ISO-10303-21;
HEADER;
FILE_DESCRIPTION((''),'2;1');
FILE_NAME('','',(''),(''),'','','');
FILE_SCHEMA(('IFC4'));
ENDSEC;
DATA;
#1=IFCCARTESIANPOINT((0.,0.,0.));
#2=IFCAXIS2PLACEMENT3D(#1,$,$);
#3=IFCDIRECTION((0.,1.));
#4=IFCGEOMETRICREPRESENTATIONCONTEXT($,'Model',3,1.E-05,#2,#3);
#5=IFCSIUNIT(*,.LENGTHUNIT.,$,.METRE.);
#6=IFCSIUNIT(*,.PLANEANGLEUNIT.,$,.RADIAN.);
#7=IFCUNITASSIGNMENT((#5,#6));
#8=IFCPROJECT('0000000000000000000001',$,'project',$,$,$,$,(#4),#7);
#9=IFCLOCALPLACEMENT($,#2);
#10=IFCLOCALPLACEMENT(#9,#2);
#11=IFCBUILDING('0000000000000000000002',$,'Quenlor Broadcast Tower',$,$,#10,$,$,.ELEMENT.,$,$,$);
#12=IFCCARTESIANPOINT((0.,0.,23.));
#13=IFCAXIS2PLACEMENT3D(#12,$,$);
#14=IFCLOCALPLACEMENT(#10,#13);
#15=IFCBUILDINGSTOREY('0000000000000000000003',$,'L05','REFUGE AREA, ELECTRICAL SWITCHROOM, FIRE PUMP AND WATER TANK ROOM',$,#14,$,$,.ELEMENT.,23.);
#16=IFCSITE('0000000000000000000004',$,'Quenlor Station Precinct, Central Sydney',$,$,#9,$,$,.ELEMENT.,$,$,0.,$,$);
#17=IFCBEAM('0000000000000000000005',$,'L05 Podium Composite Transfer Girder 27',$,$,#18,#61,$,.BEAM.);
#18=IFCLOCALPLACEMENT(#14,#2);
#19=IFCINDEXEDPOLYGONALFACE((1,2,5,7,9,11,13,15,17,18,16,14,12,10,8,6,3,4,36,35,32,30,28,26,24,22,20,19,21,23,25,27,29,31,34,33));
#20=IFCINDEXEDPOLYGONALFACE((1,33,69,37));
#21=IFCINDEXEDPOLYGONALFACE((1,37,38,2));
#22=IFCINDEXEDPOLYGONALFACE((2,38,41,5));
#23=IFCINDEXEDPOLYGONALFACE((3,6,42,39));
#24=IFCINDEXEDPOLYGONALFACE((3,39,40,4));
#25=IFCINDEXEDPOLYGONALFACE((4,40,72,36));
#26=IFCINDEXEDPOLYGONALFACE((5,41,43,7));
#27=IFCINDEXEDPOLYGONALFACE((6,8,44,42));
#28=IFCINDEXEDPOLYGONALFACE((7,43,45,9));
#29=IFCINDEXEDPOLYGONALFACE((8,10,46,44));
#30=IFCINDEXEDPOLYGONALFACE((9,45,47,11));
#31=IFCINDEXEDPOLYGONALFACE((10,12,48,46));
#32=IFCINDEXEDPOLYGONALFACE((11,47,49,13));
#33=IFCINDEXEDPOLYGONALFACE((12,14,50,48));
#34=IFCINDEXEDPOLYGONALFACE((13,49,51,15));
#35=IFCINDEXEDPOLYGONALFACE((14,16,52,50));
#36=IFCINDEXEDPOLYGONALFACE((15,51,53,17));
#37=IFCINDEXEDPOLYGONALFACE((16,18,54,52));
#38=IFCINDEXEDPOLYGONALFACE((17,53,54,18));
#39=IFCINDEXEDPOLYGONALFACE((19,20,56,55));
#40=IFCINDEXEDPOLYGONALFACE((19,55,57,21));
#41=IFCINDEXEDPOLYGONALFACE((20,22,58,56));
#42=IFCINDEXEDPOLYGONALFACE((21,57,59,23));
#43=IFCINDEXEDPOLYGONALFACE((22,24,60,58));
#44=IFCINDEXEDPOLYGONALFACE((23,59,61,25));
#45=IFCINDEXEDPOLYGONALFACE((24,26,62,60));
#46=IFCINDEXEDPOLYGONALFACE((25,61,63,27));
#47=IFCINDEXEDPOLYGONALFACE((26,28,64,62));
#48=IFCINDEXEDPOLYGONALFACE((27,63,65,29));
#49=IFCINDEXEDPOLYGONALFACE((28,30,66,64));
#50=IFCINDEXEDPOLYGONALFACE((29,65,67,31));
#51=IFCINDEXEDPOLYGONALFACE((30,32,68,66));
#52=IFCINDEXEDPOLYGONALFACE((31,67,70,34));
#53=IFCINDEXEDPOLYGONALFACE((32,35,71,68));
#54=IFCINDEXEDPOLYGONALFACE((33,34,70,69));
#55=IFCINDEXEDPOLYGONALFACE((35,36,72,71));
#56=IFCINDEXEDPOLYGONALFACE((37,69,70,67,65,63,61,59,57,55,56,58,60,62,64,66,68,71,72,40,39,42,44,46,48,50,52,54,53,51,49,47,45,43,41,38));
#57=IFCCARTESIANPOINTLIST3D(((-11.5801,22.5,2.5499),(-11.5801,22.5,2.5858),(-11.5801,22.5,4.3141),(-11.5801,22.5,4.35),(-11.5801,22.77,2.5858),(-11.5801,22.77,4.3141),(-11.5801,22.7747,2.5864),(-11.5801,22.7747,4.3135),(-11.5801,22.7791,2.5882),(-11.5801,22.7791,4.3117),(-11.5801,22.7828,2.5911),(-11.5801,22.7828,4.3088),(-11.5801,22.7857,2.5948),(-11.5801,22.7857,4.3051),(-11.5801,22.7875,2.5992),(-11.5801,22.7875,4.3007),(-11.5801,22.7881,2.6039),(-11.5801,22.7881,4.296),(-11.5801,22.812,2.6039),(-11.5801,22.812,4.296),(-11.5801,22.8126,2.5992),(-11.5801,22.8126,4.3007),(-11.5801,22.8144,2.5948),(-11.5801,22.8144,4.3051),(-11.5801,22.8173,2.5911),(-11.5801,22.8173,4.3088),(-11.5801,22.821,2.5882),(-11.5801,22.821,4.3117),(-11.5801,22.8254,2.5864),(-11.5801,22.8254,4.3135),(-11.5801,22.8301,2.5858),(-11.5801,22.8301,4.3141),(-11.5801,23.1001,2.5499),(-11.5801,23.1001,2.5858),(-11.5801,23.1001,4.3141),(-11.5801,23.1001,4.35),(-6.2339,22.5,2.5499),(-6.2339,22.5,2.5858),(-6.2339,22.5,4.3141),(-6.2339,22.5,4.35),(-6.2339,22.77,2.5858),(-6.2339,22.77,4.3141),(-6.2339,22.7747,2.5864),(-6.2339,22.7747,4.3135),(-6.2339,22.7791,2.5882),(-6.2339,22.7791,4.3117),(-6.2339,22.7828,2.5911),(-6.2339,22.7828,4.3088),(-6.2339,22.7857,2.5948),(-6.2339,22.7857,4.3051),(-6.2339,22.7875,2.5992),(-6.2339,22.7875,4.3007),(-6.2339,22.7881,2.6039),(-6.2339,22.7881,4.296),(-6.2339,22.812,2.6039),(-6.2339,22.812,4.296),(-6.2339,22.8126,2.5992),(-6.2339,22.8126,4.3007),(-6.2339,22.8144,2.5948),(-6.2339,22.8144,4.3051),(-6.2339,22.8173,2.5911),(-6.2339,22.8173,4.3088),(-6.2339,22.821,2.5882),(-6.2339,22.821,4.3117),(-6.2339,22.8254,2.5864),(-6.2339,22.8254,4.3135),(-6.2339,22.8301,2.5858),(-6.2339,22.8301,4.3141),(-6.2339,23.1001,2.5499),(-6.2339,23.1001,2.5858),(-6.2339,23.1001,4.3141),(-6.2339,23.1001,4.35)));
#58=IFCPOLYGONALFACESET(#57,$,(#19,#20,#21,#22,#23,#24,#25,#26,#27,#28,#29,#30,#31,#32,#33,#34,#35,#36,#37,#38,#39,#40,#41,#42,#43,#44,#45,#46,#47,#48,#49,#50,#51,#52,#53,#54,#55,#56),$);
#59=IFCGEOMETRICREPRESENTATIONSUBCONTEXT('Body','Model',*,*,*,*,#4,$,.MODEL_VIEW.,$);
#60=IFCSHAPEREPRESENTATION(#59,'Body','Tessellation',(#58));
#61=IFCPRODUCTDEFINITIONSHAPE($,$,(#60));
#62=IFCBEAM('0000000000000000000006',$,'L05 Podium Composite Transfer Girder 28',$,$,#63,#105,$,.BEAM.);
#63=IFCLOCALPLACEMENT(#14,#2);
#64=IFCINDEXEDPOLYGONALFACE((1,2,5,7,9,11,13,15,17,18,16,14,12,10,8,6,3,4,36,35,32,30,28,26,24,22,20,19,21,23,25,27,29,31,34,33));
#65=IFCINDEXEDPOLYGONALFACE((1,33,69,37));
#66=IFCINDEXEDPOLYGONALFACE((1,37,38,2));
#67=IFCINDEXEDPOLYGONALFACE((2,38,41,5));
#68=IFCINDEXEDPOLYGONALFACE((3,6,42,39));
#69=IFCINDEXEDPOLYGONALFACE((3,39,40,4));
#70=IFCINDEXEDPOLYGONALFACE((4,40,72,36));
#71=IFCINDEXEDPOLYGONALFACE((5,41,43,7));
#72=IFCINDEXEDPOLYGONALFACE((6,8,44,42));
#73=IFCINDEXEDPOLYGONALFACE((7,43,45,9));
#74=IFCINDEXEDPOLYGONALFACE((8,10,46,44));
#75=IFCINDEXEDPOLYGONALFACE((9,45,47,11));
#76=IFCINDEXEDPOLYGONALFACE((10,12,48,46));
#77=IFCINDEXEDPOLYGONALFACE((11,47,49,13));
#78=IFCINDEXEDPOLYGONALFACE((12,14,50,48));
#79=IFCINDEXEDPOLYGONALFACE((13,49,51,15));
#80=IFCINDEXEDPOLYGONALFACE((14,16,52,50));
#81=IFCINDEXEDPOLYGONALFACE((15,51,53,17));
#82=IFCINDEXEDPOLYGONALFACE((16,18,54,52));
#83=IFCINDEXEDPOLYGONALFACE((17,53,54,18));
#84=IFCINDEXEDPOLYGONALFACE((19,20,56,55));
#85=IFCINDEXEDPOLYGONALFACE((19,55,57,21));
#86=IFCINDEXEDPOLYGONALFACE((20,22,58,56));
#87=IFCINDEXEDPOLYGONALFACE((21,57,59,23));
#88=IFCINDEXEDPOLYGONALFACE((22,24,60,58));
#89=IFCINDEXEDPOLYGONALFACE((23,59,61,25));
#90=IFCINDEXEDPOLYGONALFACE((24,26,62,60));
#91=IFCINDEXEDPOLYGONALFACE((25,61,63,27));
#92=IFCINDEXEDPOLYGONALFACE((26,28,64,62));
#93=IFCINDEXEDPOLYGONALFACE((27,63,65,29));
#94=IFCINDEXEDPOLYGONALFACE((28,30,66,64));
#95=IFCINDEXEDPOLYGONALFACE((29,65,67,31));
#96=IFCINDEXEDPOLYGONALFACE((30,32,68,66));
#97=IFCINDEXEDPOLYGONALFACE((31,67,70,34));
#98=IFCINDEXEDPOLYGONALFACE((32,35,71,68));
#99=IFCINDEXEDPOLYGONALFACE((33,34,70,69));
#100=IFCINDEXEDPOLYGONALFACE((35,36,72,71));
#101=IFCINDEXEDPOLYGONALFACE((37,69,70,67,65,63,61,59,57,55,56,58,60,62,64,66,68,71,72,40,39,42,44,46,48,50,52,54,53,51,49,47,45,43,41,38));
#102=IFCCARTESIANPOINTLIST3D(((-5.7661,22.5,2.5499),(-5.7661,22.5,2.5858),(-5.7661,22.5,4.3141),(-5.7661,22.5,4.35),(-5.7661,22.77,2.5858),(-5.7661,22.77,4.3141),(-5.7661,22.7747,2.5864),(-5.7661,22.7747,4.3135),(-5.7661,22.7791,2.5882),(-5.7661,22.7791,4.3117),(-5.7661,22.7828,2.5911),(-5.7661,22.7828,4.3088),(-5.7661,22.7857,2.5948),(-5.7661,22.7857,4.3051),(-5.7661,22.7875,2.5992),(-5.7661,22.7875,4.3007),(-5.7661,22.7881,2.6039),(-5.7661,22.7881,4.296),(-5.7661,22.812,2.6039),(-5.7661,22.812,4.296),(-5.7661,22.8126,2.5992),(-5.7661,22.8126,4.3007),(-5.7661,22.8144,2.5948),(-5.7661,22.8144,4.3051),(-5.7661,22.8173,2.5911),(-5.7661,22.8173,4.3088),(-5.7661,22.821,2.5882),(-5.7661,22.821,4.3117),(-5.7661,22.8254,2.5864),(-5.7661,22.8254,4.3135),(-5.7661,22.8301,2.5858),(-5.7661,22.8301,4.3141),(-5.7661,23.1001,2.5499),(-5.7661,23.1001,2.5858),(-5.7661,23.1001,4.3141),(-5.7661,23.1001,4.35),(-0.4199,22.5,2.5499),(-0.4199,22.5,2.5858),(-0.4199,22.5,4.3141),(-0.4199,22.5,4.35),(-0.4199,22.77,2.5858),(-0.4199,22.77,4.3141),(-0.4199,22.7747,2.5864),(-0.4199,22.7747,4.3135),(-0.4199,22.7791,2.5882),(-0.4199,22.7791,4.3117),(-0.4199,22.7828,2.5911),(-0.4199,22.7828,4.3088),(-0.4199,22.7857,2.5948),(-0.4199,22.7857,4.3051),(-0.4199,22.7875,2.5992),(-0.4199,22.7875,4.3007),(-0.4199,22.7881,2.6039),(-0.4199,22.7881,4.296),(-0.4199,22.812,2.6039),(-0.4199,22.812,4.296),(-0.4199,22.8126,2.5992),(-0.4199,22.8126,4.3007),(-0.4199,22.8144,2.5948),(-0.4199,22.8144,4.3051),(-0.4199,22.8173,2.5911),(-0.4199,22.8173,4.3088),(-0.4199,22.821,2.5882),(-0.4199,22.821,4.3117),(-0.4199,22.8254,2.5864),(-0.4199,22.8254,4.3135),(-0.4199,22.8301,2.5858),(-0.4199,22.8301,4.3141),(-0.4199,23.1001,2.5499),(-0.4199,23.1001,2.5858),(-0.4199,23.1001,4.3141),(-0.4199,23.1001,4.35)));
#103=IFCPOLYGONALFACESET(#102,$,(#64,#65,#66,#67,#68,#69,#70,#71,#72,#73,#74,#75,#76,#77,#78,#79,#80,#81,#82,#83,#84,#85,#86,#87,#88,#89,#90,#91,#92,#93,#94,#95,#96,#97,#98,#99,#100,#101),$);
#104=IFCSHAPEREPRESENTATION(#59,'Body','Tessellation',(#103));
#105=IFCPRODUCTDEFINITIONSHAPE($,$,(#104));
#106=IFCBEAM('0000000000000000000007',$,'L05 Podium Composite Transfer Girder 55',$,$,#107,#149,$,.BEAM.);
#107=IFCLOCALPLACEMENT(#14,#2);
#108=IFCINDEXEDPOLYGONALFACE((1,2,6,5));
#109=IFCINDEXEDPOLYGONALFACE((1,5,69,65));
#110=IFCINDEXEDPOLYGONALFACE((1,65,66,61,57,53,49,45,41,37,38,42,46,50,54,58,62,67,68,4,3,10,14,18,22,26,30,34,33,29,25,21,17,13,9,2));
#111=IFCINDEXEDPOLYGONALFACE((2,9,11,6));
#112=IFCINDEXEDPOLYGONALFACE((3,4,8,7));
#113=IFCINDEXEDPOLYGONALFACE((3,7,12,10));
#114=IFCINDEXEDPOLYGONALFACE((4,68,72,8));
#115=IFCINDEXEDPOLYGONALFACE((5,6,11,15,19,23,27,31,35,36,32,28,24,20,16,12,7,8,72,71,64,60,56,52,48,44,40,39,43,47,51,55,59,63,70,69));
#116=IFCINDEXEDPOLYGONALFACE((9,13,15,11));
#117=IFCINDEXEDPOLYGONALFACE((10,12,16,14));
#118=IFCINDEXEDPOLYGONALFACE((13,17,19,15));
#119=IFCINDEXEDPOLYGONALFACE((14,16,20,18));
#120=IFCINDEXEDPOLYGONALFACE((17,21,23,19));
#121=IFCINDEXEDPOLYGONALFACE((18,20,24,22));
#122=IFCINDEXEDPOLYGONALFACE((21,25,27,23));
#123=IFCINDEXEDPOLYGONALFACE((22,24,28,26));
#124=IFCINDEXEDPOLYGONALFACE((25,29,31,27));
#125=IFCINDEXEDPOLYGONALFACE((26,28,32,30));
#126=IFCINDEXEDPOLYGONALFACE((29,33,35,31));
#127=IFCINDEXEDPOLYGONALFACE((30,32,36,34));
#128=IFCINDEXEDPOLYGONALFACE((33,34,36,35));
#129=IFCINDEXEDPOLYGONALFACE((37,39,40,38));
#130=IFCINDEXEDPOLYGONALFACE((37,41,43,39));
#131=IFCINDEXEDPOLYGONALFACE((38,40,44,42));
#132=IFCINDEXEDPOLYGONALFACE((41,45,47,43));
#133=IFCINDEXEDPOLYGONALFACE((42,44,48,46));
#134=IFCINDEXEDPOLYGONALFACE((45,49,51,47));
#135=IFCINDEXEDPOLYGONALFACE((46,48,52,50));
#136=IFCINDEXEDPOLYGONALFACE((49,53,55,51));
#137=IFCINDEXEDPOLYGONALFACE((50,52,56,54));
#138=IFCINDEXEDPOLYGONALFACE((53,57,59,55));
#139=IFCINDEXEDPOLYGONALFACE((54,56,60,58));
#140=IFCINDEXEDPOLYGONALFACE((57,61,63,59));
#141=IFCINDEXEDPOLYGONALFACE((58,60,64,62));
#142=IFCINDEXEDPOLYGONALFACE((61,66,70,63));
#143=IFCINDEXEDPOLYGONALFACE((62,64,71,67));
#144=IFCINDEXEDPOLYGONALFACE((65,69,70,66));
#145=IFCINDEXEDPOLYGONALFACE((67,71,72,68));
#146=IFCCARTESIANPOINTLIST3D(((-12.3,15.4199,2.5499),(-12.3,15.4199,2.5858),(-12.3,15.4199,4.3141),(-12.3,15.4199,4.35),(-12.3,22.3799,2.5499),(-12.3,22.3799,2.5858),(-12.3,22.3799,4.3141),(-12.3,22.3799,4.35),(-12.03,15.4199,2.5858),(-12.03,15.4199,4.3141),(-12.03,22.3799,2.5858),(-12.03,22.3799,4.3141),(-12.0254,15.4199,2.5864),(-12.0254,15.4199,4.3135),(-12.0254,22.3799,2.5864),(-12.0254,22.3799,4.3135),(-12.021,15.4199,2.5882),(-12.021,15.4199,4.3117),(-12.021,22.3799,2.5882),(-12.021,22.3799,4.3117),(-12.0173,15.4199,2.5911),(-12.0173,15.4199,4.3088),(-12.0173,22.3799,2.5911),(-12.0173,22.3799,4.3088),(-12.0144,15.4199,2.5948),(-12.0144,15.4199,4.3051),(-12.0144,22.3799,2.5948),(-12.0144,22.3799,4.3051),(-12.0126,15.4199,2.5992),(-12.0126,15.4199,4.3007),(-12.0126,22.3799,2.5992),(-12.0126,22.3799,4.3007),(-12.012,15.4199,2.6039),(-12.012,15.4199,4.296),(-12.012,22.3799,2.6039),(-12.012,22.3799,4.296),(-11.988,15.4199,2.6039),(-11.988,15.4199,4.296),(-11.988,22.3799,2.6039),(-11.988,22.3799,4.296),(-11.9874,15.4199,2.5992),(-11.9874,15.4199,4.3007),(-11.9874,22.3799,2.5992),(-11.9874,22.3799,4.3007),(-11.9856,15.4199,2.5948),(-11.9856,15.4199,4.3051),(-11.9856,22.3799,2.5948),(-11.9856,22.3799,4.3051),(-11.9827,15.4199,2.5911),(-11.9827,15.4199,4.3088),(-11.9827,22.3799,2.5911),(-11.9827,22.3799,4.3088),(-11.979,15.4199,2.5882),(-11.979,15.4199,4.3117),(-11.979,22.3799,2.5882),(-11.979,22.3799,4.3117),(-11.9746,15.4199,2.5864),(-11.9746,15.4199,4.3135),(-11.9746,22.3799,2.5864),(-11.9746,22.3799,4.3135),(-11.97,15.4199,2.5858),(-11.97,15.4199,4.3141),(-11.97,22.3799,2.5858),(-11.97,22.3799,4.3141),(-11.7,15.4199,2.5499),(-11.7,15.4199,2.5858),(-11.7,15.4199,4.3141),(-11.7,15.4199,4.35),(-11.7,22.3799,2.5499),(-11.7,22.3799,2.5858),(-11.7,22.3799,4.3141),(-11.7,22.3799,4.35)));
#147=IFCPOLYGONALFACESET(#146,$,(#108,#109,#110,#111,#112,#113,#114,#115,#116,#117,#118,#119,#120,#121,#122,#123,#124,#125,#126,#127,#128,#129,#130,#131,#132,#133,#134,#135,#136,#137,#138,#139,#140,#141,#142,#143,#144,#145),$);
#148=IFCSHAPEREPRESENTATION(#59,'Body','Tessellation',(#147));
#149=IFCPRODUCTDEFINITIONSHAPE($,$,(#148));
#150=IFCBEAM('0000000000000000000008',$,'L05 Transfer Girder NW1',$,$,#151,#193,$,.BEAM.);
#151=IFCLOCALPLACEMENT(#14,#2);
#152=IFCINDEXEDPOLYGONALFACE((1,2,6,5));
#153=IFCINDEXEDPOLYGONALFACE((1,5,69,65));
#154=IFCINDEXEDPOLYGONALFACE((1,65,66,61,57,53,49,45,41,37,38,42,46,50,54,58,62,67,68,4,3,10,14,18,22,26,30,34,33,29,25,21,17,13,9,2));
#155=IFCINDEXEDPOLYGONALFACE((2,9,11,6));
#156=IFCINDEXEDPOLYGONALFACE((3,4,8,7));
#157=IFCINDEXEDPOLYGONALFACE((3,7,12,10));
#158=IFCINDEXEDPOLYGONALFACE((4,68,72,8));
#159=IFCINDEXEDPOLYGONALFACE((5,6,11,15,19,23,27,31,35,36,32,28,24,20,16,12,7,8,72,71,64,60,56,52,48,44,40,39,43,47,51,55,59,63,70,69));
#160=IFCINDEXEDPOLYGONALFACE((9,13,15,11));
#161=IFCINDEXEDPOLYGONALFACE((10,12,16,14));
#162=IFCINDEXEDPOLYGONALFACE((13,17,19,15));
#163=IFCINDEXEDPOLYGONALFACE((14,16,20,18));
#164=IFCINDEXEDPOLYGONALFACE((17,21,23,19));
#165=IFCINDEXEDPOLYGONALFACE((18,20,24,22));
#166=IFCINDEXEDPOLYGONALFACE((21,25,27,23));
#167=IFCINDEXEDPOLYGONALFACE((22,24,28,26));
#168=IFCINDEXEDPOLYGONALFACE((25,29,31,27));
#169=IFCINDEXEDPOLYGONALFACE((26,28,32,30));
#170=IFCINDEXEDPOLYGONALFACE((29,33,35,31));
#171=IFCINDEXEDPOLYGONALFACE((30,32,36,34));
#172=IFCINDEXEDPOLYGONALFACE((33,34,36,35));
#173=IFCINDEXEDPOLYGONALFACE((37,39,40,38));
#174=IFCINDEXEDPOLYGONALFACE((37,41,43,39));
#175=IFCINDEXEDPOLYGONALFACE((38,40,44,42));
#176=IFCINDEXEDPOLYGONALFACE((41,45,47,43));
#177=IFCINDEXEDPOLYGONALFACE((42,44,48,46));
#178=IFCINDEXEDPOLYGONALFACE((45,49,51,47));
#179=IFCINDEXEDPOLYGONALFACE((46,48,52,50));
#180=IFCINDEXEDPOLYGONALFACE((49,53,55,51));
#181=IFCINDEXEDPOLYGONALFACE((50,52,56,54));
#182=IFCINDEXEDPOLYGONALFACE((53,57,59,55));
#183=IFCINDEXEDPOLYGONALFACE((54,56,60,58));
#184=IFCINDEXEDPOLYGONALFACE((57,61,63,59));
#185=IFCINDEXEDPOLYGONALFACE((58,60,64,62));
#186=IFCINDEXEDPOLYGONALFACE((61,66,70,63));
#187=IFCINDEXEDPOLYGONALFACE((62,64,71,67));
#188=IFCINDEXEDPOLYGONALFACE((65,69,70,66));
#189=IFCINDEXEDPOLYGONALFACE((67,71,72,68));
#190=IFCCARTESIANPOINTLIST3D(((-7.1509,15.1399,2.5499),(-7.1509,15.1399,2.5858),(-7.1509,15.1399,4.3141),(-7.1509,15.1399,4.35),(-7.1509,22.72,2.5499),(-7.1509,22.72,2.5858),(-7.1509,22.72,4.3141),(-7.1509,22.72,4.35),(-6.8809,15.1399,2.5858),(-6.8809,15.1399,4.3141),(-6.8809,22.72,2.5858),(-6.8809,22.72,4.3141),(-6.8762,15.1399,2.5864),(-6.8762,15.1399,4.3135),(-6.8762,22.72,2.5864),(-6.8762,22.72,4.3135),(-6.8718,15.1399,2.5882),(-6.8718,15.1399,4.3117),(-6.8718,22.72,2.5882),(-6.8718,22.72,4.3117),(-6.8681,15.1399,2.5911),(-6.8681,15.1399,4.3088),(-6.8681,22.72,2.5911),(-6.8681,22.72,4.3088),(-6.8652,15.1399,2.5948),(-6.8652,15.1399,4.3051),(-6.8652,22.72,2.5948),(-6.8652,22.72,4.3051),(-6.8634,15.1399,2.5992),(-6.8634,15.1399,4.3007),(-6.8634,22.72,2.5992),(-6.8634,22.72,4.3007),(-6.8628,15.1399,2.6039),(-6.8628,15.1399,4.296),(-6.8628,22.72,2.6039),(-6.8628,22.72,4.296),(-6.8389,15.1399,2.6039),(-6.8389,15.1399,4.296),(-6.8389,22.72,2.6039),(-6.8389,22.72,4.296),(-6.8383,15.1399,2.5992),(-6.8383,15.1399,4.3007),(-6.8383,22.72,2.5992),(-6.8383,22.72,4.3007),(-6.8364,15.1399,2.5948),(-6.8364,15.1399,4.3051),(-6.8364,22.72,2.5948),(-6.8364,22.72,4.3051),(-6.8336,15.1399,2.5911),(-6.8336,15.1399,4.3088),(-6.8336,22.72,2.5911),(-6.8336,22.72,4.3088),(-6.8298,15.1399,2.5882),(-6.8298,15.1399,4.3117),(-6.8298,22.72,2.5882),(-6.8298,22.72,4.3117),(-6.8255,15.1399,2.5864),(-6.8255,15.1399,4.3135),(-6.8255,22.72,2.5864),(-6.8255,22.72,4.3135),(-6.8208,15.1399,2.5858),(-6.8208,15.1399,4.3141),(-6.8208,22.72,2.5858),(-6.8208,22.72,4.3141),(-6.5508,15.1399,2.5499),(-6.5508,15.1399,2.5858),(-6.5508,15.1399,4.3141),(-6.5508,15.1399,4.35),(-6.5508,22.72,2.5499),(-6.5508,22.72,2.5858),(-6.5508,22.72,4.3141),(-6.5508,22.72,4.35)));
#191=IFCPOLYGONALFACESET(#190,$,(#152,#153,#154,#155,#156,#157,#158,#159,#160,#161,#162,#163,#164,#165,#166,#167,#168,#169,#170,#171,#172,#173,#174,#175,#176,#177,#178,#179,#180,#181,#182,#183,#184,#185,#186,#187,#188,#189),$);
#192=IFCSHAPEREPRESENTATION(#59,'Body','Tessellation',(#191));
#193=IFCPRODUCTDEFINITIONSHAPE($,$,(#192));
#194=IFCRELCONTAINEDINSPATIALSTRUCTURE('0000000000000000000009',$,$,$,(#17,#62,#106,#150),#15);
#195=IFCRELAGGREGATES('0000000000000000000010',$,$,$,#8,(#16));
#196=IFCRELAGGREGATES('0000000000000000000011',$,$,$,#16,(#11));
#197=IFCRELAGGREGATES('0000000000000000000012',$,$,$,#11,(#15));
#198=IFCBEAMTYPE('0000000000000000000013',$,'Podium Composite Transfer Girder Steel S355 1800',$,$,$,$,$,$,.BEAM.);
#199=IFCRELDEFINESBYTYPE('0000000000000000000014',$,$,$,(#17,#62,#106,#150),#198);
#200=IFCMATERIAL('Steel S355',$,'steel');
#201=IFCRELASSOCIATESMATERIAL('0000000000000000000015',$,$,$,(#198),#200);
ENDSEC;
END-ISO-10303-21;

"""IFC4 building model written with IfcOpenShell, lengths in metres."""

from ifc_helpers import new_model, si_unit, direction, frame, origin, origin_2d, place, context, subcontext, project, spatial, i_section, extrude, material, material_profile, profile_set, type_object, element, save


model = new_model("IFC4")

# Units and contexts
model_context = context("Model", 3, precision=1e-05, world=origin(), true_north=direction((0.0, 1.0)))
body_context = subcontext(model_context, "Body", "Model", "MODEL_VIEW")
ifc_project = project(units=[si_unit("LENGTHUNIT", "METRE"), si_unit("PLANEANGLEUNIT", "RADIAN")], contexts=[model_context])

# Site, building, storey
site_placement = place(None, origin())
site = spatial("IfcSite", under=ifc_project, at=site_placement, Name="Quenlor Station Precinct, Central Sydney", CompositionType="ELEMENT", RefElevation=0.0)
building_placement = place(site_placement, origin())
building = spatial("IfcBuilding", under=site, at=building_placement, Name="Quenlor Broadcast Tower", CompositionType="ELEMENT")
storey_placement = place(building_placement, frame((0.0, 0.0, 23.0)))
storey = spatial("IfcBuildingStorey", under=building, at=storey_placement, Name="L05", Description="REFUGE AREA, ELECTRICAL SWITCHROOM, FIRE PUMP AND WATER TANK ROOM", CompositionType="ELEMENT", Elevation=23.0)

# Beams
ifc_material_1 = material(Name="Steel S355", Category="steel")
ifc_material_profile_1 = material_profile(ifc_material_1, i_section(OverallWidth=0.6001, OverallDepth=1.8, WebThickness=0.0239, FlangeThickness=0.0359, FilletRadius=0.0181, at=origin_2d()))
ifc_profile_set_1 = profile_set([ifc_material_profile_1], Name="Steel S355 1800TG620")
beam_type_1 = type_object("IfcBeamType", Name="Podium Composite Transfer Girder Steel S355 1800", PredefinedType="BEAM", material=ifc_profile_set_1)
for number, where, z_axis, x_axis, name in (
    (1, (-11.5801, 22.8, 3.45), (1.0, 0.0, 0.0), (0.0, 1.0, 0.0), "L05 Podium Composite Transfer Girder 27"),
    (2, (-5.7661, 22.8, 3.45), (1.0, 0.0, 0.0), (0.0, 1.0, 0.0), "L05 Podium Composite Transfer Girder 28"),
):
    element("IfcBeam", number, at=place(storey_placement, frame(where, z_axis=z_axis, x_axis=x_axis)), inside=storey, type_object=beam_type_1, Name=name, PredefinedType="BEAM", context=body_context, shape_type="SweptSolid", body=[
        extrude(i_section(OverallWidth=0.6001, OverallDepth=1.8, WebThickness=0.0239, FlangeThickness=0.0359, FilletRadius=0.0181, at=origin_2d()), origin(), (0.0, 0.0, 1.0), 5.3462),
    ])
beam_1_placement = place(storey_placement, frame((-12.0, 15.4199, 3.45), z_axis=(0.0, 1.0, 0.0), x_axis=(-1.0, 0.0, 0.0)))
element("IfcBeam", 3, at=beam_1_placement, inside=storey, type_object=beam_type_1, Name="L05 Podium Composite Transfer Girder 55", PredefinedType="BEAM", context=body_context, shape_type="SweptSolid", body=[
    extrude(i_section(OverallWidth=0.6001, OverallDepth=1.8, WebThickness=0.0239, FlangeThickness=0.0359, FilletRadius=0.0181, at=origin_2d()), origin(), (0.0, 0.0, 1.0), 6.96),
])
beam_2_placement = place(storey_placement, frame((-6.8508, 15.1399, 3.45), z_axis=(0.0, 1.0, 0.0), x_axis=(-1.0, 0.0, 0.0)))
element("IfcBeam", 4, at=beam_2_placement, inside=storey, type_object=beam_type_1, Name="L05 Transfer Girder NW1", PredefinedType="BEAM", context=body_context, shape_type="SweptSolid", body=[
    extrude(i_section(OverallWidth=0.6001, OverallDepth=1.8, WebThickness=0.0239, FlangeThickness=0.0359, FilletRadius=0.0181, at=origin_2d()), origin(), (0.0, 0.0, 1.0), 7.5801),
])

save(model, "model.ifc")
